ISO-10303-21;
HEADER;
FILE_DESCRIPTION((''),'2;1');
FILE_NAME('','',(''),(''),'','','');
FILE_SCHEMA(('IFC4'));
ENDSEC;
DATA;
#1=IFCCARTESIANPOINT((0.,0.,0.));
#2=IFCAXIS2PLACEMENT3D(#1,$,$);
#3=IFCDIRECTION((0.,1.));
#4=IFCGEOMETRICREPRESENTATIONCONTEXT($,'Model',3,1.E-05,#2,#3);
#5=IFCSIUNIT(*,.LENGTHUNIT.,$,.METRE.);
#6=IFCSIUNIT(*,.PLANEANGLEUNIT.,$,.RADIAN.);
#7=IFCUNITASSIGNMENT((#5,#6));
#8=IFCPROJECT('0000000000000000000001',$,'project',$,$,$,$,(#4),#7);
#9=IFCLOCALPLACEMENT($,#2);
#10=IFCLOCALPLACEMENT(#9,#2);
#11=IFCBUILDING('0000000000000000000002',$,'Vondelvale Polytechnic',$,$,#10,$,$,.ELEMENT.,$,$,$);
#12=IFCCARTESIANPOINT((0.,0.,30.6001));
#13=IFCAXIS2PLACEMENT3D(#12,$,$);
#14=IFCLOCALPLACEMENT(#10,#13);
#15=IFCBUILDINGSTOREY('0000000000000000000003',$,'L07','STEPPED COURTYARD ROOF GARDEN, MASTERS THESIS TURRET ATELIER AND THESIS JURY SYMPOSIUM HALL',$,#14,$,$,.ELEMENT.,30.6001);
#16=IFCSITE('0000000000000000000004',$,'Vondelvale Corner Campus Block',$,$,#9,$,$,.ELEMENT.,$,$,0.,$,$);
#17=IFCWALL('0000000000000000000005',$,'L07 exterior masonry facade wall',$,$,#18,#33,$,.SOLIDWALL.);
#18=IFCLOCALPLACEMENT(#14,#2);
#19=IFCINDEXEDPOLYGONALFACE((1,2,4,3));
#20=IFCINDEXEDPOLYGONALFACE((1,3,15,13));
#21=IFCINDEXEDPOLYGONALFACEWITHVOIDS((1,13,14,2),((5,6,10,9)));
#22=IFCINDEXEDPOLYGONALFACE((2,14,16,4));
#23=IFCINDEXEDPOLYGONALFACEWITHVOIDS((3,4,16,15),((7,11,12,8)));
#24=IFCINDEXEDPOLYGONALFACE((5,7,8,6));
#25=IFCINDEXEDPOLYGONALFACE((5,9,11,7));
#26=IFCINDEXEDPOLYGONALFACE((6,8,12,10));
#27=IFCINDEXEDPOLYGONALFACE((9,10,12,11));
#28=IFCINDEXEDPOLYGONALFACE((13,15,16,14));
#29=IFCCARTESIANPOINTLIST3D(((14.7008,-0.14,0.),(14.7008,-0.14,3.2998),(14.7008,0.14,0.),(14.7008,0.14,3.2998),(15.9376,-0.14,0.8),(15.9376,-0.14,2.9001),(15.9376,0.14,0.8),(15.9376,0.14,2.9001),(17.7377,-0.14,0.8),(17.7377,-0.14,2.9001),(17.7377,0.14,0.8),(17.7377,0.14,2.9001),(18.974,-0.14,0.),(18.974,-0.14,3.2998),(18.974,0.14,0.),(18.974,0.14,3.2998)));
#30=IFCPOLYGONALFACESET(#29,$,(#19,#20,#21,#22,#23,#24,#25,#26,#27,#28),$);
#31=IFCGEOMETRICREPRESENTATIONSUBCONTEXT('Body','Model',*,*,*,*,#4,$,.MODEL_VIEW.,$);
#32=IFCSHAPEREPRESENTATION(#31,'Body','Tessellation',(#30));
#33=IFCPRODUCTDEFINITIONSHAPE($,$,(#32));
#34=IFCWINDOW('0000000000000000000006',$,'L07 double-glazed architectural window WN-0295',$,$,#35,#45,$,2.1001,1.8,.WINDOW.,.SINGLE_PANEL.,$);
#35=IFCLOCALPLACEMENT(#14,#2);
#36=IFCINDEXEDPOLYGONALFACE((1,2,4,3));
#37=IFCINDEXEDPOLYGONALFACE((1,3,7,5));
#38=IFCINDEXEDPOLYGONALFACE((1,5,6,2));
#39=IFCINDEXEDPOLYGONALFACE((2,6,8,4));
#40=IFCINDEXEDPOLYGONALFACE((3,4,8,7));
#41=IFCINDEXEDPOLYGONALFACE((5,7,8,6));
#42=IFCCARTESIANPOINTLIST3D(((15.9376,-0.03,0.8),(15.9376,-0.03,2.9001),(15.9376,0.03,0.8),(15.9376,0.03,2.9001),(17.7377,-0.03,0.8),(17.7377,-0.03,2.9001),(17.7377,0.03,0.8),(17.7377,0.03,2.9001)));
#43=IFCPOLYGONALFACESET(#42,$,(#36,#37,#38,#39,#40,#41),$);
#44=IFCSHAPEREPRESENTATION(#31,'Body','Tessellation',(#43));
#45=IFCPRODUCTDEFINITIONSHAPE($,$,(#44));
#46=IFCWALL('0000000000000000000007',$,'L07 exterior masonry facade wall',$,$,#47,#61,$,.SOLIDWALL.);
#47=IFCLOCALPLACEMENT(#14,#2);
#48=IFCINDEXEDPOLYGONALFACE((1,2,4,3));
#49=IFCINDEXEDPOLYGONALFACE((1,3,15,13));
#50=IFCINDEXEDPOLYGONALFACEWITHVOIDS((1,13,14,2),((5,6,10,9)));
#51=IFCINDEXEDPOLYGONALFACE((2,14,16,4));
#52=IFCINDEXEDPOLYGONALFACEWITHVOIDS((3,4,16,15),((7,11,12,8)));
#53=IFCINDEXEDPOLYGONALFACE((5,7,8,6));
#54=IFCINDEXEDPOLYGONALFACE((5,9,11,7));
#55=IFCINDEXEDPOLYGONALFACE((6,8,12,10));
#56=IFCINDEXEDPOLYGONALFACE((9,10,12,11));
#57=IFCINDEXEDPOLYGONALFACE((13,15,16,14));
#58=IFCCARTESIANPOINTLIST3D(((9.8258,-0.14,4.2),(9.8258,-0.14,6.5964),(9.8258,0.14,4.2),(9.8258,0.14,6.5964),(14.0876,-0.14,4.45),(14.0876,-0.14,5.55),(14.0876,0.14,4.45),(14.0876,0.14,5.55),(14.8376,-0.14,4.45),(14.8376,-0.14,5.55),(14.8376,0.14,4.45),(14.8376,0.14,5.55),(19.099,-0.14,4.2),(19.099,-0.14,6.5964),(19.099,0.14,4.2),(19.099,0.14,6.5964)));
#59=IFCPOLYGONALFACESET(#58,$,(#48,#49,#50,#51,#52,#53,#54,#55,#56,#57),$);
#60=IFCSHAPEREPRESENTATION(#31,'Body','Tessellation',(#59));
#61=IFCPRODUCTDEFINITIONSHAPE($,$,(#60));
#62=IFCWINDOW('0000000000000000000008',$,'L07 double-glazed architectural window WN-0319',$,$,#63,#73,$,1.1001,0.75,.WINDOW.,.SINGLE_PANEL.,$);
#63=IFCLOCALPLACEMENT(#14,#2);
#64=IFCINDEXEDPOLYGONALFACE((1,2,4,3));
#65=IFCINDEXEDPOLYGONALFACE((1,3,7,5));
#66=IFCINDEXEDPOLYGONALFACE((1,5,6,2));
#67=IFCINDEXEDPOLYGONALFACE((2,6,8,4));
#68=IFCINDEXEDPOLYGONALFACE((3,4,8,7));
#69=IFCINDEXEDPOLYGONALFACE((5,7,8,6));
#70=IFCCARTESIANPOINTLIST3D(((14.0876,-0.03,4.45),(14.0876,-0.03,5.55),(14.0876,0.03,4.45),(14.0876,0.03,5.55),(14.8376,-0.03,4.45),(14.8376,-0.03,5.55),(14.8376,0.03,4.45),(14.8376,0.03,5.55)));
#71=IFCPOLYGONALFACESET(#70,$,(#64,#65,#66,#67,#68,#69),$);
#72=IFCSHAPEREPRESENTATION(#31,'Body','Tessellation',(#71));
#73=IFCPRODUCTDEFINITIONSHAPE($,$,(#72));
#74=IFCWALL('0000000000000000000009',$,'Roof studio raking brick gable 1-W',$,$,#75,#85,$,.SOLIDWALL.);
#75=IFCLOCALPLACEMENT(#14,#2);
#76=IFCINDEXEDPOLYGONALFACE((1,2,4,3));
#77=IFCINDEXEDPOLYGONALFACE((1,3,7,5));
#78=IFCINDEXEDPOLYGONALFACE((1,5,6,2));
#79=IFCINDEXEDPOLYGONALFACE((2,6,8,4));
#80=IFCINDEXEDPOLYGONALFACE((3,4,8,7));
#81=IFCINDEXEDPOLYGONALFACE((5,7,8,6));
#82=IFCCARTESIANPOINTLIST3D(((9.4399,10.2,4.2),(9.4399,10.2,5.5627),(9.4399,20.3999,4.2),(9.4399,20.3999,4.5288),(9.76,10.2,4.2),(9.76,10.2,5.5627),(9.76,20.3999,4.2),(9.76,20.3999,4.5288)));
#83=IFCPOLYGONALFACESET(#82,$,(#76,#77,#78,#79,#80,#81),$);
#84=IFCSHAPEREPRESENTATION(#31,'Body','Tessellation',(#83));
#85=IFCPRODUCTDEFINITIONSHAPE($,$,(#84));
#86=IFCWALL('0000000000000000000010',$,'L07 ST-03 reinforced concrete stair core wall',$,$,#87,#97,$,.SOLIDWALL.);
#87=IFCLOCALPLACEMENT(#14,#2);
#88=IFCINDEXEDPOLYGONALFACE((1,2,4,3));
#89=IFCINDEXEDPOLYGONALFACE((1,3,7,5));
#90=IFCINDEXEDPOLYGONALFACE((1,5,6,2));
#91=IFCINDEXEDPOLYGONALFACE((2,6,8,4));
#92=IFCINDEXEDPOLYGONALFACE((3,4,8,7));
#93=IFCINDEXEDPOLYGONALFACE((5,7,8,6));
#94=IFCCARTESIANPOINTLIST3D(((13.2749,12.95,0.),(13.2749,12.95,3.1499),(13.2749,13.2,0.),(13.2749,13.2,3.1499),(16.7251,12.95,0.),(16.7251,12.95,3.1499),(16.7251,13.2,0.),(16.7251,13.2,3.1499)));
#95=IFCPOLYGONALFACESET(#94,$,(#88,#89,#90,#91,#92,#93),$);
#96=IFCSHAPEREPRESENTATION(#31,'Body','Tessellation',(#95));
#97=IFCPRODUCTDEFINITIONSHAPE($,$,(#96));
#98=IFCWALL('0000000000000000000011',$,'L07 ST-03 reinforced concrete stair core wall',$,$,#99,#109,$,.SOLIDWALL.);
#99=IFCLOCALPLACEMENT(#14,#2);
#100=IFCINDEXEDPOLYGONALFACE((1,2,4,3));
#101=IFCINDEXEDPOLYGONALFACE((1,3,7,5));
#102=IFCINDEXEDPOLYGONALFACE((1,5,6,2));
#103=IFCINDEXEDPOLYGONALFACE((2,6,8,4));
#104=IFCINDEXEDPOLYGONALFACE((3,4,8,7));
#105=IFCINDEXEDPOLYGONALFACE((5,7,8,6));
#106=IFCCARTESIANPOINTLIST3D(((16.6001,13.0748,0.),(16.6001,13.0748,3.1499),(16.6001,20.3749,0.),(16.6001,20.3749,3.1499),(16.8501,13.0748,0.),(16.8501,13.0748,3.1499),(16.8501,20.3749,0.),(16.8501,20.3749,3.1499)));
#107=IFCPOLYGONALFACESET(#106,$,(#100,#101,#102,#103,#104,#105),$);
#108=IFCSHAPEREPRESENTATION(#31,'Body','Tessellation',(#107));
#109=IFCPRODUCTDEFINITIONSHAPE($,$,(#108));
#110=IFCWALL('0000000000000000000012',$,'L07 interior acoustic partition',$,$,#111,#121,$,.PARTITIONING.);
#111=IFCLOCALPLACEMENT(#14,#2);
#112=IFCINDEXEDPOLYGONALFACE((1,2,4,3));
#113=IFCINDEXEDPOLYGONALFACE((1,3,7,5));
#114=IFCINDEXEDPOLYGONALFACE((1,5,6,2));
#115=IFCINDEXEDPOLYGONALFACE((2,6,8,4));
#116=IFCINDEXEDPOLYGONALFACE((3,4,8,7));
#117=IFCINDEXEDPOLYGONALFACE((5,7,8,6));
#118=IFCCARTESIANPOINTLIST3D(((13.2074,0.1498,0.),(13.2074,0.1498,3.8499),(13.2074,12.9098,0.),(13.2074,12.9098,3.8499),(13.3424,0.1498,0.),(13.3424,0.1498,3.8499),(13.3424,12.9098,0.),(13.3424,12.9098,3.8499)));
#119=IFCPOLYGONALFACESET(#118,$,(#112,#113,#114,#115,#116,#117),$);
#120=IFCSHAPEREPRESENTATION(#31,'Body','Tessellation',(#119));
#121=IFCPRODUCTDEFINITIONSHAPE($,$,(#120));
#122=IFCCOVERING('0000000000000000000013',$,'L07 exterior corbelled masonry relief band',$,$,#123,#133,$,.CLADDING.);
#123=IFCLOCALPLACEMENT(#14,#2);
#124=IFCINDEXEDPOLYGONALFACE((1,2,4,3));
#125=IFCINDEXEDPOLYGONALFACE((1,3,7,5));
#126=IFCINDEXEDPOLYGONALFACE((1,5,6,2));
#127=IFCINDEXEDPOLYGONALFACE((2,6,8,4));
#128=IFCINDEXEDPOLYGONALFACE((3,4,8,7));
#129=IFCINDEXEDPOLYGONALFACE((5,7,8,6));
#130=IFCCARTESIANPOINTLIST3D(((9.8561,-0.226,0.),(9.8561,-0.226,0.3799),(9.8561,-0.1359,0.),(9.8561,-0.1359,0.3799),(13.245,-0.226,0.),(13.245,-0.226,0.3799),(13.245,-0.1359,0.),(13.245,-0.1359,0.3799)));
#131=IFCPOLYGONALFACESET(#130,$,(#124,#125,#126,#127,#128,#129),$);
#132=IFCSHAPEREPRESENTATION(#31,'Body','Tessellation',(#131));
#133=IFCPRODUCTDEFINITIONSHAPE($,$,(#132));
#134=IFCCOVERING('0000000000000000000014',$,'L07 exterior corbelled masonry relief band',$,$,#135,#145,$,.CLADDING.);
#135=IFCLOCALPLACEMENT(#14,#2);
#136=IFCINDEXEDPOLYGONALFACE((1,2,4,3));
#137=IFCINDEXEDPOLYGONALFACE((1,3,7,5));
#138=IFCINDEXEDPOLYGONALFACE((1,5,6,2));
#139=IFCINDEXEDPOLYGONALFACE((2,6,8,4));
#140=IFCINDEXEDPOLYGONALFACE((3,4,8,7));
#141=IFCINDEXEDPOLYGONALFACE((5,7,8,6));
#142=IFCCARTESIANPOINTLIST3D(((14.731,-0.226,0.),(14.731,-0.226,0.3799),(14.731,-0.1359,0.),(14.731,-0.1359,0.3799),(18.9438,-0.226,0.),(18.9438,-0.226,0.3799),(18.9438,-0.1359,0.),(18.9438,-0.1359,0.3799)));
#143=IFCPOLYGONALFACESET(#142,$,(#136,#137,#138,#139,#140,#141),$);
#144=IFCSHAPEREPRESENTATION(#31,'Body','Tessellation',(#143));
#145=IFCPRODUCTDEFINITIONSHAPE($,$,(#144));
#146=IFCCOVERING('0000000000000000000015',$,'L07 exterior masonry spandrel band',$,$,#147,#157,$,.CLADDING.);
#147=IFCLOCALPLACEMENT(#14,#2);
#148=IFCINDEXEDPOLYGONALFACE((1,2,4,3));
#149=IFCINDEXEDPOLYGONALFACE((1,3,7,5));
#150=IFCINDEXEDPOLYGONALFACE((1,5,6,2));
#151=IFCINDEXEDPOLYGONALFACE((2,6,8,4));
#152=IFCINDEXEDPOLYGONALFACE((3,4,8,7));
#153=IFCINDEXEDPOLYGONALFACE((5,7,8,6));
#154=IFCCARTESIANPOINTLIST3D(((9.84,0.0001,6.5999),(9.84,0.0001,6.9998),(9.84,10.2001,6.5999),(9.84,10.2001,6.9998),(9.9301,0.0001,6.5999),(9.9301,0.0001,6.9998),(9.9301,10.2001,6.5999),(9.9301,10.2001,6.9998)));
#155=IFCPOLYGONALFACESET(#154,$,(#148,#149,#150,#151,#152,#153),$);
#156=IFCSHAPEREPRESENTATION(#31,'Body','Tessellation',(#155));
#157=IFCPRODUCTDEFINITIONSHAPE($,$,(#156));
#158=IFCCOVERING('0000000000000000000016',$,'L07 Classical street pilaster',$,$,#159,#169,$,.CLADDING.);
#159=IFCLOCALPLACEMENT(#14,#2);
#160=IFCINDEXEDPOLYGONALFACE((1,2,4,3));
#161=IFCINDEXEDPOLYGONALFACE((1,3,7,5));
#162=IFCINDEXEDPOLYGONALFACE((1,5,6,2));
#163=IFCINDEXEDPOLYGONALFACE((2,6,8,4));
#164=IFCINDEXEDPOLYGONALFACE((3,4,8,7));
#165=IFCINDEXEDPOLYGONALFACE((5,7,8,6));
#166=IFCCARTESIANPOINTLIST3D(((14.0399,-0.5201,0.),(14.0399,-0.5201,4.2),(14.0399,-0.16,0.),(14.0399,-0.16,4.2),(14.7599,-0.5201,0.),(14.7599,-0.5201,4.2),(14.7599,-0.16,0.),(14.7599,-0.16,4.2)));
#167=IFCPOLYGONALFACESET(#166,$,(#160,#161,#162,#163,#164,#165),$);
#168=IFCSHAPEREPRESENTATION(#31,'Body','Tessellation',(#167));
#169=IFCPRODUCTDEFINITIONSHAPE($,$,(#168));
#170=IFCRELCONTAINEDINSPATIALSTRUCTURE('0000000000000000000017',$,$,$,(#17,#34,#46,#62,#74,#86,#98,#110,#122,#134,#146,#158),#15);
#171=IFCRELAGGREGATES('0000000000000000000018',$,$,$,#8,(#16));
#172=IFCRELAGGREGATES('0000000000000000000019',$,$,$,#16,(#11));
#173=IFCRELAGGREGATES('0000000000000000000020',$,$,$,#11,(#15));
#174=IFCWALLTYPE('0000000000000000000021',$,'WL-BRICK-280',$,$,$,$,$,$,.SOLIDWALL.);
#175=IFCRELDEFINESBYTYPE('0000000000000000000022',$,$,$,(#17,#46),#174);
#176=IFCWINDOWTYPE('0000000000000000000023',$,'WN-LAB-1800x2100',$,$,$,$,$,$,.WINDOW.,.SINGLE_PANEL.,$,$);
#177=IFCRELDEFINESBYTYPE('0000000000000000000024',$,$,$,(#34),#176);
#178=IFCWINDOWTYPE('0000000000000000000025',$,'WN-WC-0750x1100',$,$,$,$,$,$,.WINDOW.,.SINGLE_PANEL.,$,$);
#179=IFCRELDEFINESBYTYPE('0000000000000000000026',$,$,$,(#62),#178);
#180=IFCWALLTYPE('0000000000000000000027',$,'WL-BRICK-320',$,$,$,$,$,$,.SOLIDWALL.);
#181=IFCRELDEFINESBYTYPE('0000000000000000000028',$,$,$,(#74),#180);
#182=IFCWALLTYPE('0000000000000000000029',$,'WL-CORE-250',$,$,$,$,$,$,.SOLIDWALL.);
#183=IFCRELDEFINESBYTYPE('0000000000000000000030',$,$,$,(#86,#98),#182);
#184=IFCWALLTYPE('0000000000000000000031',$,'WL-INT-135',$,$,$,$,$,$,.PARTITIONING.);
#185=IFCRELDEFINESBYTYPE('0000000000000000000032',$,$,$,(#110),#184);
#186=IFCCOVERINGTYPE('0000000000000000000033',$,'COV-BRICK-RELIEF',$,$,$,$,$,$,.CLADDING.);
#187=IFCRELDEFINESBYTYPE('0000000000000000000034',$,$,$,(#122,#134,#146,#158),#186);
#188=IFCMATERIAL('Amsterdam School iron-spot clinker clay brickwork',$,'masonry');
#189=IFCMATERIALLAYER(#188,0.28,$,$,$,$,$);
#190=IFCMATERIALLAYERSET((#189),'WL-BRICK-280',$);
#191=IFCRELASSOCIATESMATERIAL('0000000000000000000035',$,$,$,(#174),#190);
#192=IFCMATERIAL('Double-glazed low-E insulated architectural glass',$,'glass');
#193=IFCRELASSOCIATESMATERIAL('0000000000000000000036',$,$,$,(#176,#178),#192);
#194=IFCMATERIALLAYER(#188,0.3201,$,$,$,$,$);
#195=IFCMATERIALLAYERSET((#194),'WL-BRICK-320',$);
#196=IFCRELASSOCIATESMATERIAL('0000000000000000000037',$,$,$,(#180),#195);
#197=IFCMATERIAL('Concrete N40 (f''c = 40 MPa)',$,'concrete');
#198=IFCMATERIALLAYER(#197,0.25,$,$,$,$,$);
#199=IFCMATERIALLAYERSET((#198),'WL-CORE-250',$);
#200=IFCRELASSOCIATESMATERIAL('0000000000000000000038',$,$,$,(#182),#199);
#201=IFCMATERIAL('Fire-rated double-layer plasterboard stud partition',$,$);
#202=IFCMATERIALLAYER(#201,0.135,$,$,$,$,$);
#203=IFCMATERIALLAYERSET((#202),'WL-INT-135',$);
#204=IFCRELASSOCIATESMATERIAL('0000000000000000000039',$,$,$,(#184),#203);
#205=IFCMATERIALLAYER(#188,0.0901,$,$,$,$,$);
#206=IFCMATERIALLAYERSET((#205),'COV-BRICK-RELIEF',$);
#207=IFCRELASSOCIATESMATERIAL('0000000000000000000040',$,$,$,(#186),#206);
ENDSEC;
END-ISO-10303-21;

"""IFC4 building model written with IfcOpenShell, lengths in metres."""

from ifc_helpers import new_model, si_unit, direction, frame, frame_2d, origin, origin_2d, place, context, subcontext, project, spatial, polyline, rectangle, outline, extrude, material, layer, layer_set, type_object, element, fill, save


model = new_model("IFC4")

# Units and contexts
model_context = context("Model", 3, precision=1e-05, world=origin(), true_north=direction((0.0, 1.0)))
body_context = subcontext(model_context, "Body", "Model", "MODEL_VIEW")
ifc_project = project(units=[si_unit("LENGTHUNIT", "METRE"), si_unit("PLANEANGLEUNIT", "RADIAN")], contexts=[model_context])

# Site, building, storey
site_placement = place(None, origin())
site = spatial("IfcSite", under=ifc_project, at=site_placement, Name="Vondelvale Corner Campus Block", CompositionType="ELEMENT", RefElevation=0.0)
building_placement = place(site_placement, origin())
building = spatial("IfcBuilding", under=site, at=building_placement, Name="Vondelvale Polytechnic", CompositionType="ELEMENT")
storey_placement = place(building_placement, frame((0.0, 0.0, 30.6001)))
storey = spatial("IfcBuildingStorey", under=building, at=storey_placement, Name="L07", Description="STEPPED COURTYARD ROOF GARDEN, MASTERS THESIS TURRET ATELIER AND THESIS JURY SYMPOSIUM HALL", CompositionType="ELEMENT", Elevation=30.6001)

# Shared definitions
ifc_material_1 = material(Name="Concrete N40 (f'c = 40 MPa)", Category="concrete")

# Shared definitions
ifc_material_2 = material(Name="Amsterdam School iron-spot clinker clay brickwork", Category="masonry")
ifc_layer_1 = layer(ifc_material_2, 0.28)
ifc_layer_set_1 = layer_set([ifc_layer_1], Name="WL-BRICK-280")
wall_type_1 = type_object("IfcWallType", Name="WL-BRICK-280", PredefinedType="SOLIDWALL", material=ifc_layer_set_1)
ifc_material_3 = material(Name="Double-glazed low-E insulated architectural glass", Category="glass")
window_type_1 = type_object("IfcWindowType", Name="WN-LAB-1800x2100", PartitioningType="SINGLE_PANEL", PredefinedType="WINDOW", material=ifc_material_3)

# Walls, openings, windows
wall_1_placement = place(storey_placement, frame((18.9741, 0.0, 0.0), z_axis=(0.0, 0.0, 1.0), x_axis=(-1.0, 0.0, 0.0)))
wall_1 = element("IfcWall", 1, at=wall_1_placement, inside=storey, type_object=wall_type_1, Name="L07 exterior masonry facade wall", PredefinedType="SOLIDWALL", context=body_context, shape_type="SweptSolid", body=[
    extrude(rectangle(XDim=4.2732, YDim=0.28, at=frame_2d((2.1367, 0.0))), origin(), (0.0, 0.0, 1.0), 3.2998),
])
opening_1_placement = place(wall_1_placement, frame((1.2366, 0.0, 0.8)))
opening_1 = element("IfcOpeningElement", 2, at=opening_1_placement, cuts=wall_1, PredefinedType="OPENING", context=body_context, shape_type="SweptSolid", body=[
    extrude(rectangle(XDim=1.8, YDim=2.1001, at=frame_2d((0.8999, 1.05))), frame((0.0, 0.1499, 0.0), z_axis=(0.0, -1.0, 0.0), x_axis=(1.0, 0.0, 0.0)), (0.0, 0.0, 1.0), 0.3),
])
window_1_placement = place(opening_1_placement, origin())
window_1 = element("IfcWindow", 3, at=window_1_placement, inside=storey, type_object=window_type_1, Name="L07 double-glazed architectural window WN-0295", OverallHeight=2.1001, OverallWidth=1.8, PartitioningType="SINGLE_PANEL", PredefinedType="WINDOW", context=body_context, shape_type="SweptSolid", body=[
    extrude(rectangle(XDim=1.8, YDim=2.1001, at=frame_2d((0.8999, 1.05))), frame((0.0, 0.03, 0.0), z_axis=(0.0, -1.0, 0.0), x_axis=(1.0, 0.0, 0.0)), (0.0, 0.0, 1.0), 0.0601),
])
fill(opening_1, window_1)
wall_2_placement = place(storey_placement, frame((19.0991, 0.0, 4.2), z_axis=(0.0, 0.0, 1.0), x_axis=(-1.0, 0.0, 0.0)))
wall_2 = element("IfcWall", 4, at=wall_2_placement, inside=storey, type_object=wall_type_1, Name="L07 exterior masonry facade wall", PredefinedType="SOLIDWALL", context=body_context, shape_type="SweptSolid", body=[
    extrude(rectangle(XDim=9.2732, YDim=0.28, at=frame_2d((4.6367, 0.0))), origin(), (0.0, 0.0, 1.0), 2.3965),
])
opening_2_placement = place(wall_2_placement, frame((4.2615, 0.0, 0.25)))
opening_2 = element("IfcOpeningElement", 5, at=opening_2_placement, cuts=wall_2, PredefinedType="OPENING", context=body_context, shape_type="SweptSolid", body=[
    extrude(rectangle(XDim=0.75, YDim=1.1001, at=frame_2d((0.375, 0.55))), frame((0.0, 0.1499, 0.0), z_axis=(0.0, -1.0, 0.0), x_axis=(1.0, 0.0, 0.0)), (0.0, 0.0, 1.0), 0.3),
])
window_type_2 = type_object("IfcWindowType", Name="WN-WC-0750x1100", PartitioningType="SINGLE_PANEL", PredefinedType="WINDOW", material=ifc_material_3)
window_2_placement = place(opening_2_placement, origin())
window_2 = element("IfcWindow", 6, at=window_2_placement, inside=storey, type_object=window_type_2, Name="L07 double-glazed architectural window WN-0319", OverallHeight=1.1001, OverallWidth=0.75, PartitioningType="SINGLE_PANEL", PredefinedType="WINDOW", context=body_context, shape_type="SweptSolid", body=[
    extrude(rectangle(XDim=0.75, YDim=1.1001, at=frame_2d((0.375, 0.55))), frame((0.0, 0.03, 0.0), z_axis=(0.0, -1.0, 0.0), x_axis=(1.0, 0.0, 0.0)), (0.0, 0.0, 1.0), 0.0601),
])
fill(opening_2, window_2)

# Walls
ifc_layer_2 = layer(ifc_material_2, 0.3201)
ifc_layer_set_2 = layer_set([ifc_layer_2], Name="WL-BRICK-320")
wall_type_2 = type_object("IfcWallType", Name="WL-BRICK-320", PredefinedType="SOLIDWALL", material=ifc_layer_set_2)
wall_3_placement = place(storey_placement, frame((9.6001, 10.2, 4.2), z_axis=(0.0, 0.0, 1.0), x_axis=(0.0, 1.0, 0.0)))
element("IfcWall", 7, at=wall_3_placement, inside=storey, type_object=wall_type_2, Name="Roof studio raking brick gable 1-W", PredefinedType="SOLIDWALL", context=body_context, shape_type="SweptSolid", body=[
    extrude(outline(polyline([(0.0, 0.0), (10.2, 0.0), (10.2, 0.3289), (0.0, 1.3628), (0.0, 0.0)])), frame((0.0, 0.1602, 0.0), z_axis=(0.0, -1.0, 0.0), x_axis=(1.0, 0.0, 0.0)), (0.0, 0.0, 1.0), 0.3201),
])
ifc_layer_3 = layer(ifc_material_1, 0.25)
ifc_layer_set_3 = layer_set([ifc_layer_3], Name="WL-CORE-250")
wall_type_3 = type_object("IfcWallType", Name="WL-CORE-250", PredefinedType="SOLIDWALL", material=ifc_layer_set_3)
wall_4_placement = place(storey_placement, frame((13.2749, 13.075, 0.0), z_axis=(0.0, 0.0, 1.0), x_axis=(1.0, 0.0, 0.0)))
element("IfcWall", 8, at=wall_4_placement, inside=storey, type_object=wall_type_3, Name="L07 ST-03 reinforced concrete stair core wall", PredefinedType="SOLIDWALL", context=body_context, shape_type="SweptSolid", body=[
    extrude(rectangle(XDim=3.4502, YDim=0.25, at=frame_2d((1.7251, 0.0))), origin(), (0.0, 0.0, 1.0), 3.1499),
])
wall_5_placement = place(storey_placement, frame((16.7251, 13.075, 0.0), z_axis=(0.0, 0.0, 1.0), x_axis=(0.0, 1.0, 0.0)))
element("IfcWall", 9, at=wall_5_placement, inside=storey, type_object=wall_type_3, Name="L07 ST-03 reinforced concrete stair core wall", PredefinedType="SOLIDWALL", context=body_context, shape_type="SweptSolid", body=[
    extrude(rectangle(XDim=7.3, YDim=0.25, at=frame_2d((3.6499, 0.0))), origin(), (0.0, 0.0, 1.0), 3.1499),
])
ifc_material_4 = material(Name="Fire-rated double-layer plasterboard stud partition")
ifc_layer_4 = layer(ifc_material_4, 0.135)
ifc_layer_set_4 = layer_set([ifc_layer_4], Name="WL-INT-135")
wall_type_4 = type_object("IfcWallType", Name="WL-INT-135", PredefinedType="PARTITIONING", material=ifc_layer_set_4)
wall_6_placement = place(storey_placement, frame((13.2749, 0.1499, 0.0), z_axis=(0.0, 0.0, 1.0), x_axis=(0.0, 1.0, 0.0)))
element("IfcWall", 10, at=wall_6_placement, inside=storey, type_object=wall_type_4, Name="L07 interior acoustic partition", PredefinedType="PARTITIONING", context=body_context, shape_type="SweptSolid", body=[
    extrude(rectangle(XDim=12.76, YDim=0.135, at=frame_2d((6.3799, 0.0))), origin(), (0.0, 0.0, 1.0), 3.8499),
])

# Coverings
ifc_layer_5 = layer(ifc_material_2, 0.0901)
ifc_layer_set_5 = layer_set([ifc_layer_5], Name="COV-BRICK-RELIEF")
covering_type = type_object("IfcCoveringType", Name="COV-BRICK-RELIEF", PredefinedType="CLADDING", material=ifc_layer_set_5)
covering_1_placement = place(storey_placement, frame((11.5505, -0.1809, 0.0), z_axis=(0.0, 0.0, 1.0), x_axis=(-1.0, 0.0, 0.0)))
element("IfcCovering", 11, at=covering_1_placement, inside=storey, type_object=covering_type, Name="L07 exterior corbelled masonry relief band", PredefinedType="CLADDING", context=body_context, shape_type="SweptSolid", body=[
    extrude(rectangle(XDim=3.3889, YDim=0.0901, at=origin_2d()), origin(), (0.0, 0.0, 1.0), 0.3799),
])
covering_2_placement = place(storey_placement, frame((16.8374, -0.1809, 0.0), z_axis=(0.0, 0.0, 1.0), x_axis=(-1.0, 0.0, 0.0)))
element("IfcCovering", 12, at=covering_2_placement, inside=storey, type_object=covering_type, Name="L07 exterior corbelled masonry relief band", PredefinedType="CLADDING", context=body_context, shape_type="SweptSolid", body=[
    extrude(rectangle(XDim=4.2129, YDim=0.0901, at=origin_2d()), origin(), (0.0, 0.0, 1.0), 0.3799),
])
covering_3_placement = place(storey_placement, frame((9.885, 5.1001, 6.5999), z_axis=(0.0, 0.0, 1.0), x_axis=(0.0, 1.0, 0.0)))
element("IfcCovering", 13, at=covering_3_placement, inside=storey, type_object=covering_type, Name="L07 exterior masonry spandrel band", PredefinedType="CLADDING", context=body_context, shape_type="SweptSolid", body=[
    extrude(rectangle(XDim=10.2, YDim=0.0901, at=origin_2d()), origin(), (0.0, 0.0, 1.0), 0.3999),
])
covering_4_placement = place(storey_placement, frame((14.3999, -0.3401, 0.0), z_axis=(0.0, 0.0, 1.0), x_axis=(1.0, 0.0, 0.0)))
element("IfcCovering", 14, at=covering_4_placement, inside=storey, type_object=covering_type, Name="L07 Classical street pilaster", PredefinedType="CLADDING", context=body_context, shape_type="SweptSolid", body=[
    extrude(rectangle(XDim=0.72, YDim=0.3601, at=origin_2d()), origin(), (0.0, 0.0, 1.0), 4.2),
])

save(model, "model.ifc")
